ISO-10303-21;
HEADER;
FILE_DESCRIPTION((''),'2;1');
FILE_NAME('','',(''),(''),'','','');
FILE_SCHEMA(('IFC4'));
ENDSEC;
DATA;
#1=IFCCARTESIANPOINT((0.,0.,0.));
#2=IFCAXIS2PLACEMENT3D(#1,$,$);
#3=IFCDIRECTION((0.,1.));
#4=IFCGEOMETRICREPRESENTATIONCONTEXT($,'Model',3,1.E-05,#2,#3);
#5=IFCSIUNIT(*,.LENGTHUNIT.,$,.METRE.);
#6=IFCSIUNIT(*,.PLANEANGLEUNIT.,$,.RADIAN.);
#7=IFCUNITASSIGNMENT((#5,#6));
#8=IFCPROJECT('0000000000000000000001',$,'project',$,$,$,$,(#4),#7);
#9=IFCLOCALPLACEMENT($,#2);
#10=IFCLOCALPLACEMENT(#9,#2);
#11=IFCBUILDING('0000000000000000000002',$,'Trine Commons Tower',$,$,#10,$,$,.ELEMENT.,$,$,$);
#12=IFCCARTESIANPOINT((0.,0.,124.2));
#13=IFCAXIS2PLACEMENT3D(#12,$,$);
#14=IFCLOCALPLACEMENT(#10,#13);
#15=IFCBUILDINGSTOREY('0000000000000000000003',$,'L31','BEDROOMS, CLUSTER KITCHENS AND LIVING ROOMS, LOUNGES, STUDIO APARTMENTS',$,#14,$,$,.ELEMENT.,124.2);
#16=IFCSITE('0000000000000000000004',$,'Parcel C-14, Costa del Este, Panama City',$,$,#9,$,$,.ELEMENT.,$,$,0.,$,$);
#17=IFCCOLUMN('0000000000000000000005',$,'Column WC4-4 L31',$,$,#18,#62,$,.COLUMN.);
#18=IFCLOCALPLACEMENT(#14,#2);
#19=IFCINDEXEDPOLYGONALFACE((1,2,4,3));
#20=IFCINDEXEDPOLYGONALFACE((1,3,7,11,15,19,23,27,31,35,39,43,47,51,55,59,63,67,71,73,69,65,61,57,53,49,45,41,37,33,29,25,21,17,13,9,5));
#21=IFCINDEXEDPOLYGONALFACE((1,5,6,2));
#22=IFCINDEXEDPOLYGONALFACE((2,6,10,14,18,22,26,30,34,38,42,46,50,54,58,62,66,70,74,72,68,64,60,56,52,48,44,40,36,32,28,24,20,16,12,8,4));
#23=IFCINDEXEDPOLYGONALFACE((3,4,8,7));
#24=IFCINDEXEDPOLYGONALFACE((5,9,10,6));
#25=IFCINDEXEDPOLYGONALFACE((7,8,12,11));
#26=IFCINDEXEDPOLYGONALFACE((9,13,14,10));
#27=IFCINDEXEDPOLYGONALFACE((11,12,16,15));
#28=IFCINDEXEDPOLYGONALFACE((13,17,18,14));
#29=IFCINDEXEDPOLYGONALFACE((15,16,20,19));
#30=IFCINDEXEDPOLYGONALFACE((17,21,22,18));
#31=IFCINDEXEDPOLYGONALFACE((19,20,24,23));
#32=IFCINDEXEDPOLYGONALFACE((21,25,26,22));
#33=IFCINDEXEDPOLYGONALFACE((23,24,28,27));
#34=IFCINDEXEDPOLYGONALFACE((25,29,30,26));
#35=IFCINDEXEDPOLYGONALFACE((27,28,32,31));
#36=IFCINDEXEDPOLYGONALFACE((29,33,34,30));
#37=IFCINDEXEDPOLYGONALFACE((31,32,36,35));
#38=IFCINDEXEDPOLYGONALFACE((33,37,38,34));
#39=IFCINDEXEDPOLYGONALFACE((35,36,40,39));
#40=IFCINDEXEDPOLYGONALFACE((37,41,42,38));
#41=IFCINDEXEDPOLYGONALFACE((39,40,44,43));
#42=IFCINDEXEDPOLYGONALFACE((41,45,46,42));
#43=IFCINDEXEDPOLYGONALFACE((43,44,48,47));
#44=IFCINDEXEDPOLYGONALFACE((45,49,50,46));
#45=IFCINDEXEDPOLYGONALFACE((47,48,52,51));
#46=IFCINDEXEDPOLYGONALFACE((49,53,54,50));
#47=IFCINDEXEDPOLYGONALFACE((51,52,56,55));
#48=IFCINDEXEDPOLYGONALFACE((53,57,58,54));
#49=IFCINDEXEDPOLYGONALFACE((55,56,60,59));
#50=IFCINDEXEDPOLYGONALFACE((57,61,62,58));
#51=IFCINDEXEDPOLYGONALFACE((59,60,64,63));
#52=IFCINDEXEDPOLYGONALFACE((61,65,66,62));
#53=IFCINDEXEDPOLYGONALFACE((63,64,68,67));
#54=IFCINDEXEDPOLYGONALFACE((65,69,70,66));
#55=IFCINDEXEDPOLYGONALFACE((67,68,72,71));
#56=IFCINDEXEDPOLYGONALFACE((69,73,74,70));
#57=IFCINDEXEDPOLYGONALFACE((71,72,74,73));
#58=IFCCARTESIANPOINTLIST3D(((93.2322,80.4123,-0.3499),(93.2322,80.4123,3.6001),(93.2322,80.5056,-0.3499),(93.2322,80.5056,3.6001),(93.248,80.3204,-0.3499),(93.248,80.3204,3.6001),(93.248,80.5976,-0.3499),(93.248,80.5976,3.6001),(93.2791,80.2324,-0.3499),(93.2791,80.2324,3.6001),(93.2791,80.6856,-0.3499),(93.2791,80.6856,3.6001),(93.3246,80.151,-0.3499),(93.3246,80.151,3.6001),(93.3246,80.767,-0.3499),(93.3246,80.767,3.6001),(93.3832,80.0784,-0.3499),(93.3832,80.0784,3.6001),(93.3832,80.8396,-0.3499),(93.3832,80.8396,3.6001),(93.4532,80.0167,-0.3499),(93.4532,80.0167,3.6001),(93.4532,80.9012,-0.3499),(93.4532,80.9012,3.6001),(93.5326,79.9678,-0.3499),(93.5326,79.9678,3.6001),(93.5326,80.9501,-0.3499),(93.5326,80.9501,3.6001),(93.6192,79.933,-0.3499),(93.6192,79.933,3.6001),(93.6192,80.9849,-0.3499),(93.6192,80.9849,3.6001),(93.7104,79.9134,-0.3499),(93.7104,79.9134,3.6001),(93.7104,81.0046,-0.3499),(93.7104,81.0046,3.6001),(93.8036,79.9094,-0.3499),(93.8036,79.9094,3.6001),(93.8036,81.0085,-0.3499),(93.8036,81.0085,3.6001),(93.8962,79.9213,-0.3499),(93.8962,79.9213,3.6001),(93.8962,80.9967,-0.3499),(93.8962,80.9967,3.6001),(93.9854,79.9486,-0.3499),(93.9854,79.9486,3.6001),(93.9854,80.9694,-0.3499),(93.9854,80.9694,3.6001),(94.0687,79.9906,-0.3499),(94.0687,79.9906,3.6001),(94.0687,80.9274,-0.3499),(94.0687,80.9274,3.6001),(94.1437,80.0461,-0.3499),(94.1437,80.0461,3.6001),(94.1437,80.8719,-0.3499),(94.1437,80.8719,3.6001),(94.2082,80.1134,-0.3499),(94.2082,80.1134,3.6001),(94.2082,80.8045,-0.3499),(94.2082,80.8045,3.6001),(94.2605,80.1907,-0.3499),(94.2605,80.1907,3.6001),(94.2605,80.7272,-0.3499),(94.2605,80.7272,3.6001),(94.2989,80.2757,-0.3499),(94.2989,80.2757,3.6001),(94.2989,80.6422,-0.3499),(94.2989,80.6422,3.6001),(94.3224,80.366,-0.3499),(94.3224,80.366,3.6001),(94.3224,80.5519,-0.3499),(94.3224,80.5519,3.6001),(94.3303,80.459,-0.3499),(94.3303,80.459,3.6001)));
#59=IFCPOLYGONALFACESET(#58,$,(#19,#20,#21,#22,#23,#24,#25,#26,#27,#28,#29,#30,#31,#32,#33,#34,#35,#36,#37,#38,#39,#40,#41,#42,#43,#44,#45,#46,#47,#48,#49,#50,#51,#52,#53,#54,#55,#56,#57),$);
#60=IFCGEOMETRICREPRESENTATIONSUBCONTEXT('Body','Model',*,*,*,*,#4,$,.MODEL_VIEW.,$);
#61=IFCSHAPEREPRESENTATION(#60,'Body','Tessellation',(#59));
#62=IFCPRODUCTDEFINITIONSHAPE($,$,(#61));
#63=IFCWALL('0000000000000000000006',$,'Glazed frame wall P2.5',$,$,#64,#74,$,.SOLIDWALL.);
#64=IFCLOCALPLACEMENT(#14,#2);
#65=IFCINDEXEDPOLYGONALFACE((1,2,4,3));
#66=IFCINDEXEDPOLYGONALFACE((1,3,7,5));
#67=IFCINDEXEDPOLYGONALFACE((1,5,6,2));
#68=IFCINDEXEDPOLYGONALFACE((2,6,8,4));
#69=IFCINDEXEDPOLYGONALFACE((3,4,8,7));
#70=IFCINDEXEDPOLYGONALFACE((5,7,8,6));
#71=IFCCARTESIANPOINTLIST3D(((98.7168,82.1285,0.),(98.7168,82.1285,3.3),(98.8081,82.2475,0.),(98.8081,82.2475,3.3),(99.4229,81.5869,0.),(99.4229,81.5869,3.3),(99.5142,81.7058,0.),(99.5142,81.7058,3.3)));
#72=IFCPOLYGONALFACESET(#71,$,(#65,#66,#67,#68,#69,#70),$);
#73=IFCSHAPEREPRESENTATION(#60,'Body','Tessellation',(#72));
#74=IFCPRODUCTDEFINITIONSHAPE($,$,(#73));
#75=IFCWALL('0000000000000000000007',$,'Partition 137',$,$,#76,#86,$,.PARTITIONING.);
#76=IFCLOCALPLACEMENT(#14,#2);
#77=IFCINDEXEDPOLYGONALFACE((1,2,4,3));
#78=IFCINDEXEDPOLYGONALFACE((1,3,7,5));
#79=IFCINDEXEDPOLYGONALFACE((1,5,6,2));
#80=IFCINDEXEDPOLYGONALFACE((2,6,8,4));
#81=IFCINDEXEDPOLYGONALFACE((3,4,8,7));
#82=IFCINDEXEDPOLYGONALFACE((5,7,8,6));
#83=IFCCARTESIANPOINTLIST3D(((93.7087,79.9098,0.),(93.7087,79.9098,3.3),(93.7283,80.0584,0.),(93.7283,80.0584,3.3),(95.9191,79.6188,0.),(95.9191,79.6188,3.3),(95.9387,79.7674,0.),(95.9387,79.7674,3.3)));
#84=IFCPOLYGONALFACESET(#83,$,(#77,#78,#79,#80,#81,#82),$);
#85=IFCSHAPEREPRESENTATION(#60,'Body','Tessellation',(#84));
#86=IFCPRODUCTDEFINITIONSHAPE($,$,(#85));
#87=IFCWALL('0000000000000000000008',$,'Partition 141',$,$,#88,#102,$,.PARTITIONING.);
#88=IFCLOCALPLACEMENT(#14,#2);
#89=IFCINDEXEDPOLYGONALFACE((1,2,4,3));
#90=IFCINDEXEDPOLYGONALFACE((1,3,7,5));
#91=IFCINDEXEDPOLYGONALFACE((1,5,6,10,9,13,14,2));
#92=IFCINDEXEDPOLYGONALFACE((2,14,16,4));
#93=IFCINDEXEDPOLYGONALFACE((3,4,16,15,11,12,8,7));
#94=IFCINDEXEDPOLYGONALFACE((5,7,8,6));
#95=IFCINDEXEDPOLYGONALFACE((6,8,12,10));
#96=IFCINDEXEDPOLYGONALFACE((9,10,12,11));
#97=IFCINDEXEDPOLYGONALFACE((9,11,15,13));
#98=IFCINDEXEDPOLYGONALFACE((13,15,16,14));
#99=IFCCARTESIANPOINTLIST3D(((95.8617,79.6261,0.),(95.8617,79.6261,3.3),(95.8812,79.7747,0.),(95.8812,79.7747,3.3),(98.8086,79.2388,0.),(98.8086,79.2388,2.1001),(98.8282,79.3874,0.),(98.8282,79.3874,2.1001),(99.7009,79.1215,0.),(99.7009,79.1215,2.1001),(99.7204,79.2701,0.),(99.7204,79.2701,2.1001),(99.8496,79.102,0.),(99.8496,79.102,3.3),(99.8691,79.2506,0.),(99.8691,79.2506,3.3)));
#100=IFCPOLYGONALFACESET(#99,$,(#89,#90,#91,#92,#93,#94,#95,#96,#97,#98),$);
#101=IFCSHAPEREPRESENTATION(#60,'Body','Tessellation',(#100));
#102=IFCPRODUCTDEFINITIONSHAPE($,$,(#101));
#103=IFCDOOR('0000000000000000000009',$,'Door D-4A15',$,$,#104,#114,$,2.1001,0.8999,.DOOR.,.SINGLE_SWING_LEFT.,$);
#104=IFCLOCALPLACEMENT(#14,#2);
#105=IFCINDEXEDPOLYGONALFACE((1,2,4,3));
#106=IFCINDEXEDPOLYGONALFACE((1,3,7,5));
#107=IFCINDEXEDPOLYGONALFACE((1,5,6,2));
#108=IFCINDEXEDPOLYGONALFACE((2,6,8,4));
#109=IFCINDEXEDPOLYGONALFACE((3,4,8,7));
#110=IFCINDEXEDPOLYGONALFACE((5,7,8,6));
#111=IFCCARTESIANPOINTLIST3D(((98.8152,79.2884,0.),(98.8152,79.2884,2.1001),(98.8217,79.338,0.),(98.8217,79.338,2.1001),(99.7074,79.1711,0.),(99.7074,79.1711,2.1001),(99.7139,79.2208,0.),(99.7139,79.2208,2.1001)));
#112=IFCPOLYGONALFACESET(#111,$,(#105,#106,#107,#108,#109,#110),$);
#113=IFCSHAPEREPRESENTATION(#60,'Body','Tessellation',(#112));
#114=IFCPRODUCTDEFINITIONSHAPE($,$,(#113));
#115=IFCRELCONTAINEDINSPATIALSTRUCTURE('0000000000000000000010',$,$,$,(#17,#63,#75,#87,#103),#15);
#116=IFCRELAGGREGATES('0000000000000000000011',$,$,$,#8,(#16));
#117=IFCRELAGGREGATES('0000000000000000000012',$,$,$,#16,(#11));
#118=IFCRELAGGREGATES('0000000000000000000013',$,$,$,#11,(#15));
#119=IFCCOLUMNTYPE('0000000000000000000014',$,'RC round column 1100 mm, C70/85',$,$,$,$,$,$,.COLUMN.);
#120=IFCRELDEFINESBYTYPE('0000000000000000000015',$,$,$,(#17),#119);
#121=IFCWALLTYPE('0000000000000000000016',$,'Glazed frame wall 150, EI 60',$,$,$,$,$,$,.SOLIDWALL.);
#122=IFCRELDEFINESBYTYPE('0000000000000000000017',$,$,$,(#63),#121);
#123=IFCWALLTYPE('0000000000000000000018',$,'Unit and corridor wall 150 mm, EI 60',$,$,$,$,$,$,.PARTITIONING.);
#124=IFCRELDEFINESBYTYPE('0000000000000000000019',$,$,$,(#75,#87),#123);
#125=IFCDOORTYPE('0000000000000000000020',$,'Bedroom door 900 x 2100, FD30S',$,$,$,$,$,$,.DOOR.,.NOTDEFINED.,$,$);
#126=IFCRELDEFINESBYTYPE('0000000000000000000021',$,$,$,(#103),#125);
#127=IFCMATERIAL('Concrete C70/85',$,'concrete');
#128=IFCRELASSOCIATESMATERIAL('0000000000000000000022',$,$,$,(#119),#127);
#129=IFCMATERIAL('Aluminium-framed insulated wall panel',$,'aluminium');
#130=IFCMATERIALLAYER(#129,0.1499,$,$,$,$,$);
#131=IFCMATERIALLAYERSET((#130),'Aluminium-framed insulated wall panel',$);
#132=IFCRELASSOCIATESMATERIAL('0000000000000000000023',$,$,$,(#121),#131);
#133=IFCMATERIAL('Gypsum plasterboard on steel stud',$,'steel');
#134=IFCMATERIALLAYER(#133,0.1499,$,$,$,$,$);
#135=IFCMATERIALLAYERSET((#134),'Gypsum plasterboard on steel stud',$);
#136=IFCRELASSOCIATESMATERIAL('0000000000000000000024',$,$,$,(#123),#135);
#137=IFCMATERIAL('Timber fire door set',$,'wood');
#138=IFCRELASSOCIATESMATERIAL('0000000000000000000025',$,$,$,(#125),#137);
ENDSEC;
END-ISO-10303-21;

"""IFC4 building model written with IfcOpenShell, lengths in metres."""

from ifc_helpers import new_model, si_unit, direction, frame, frame_2d, origin, origin_2d, place, context, subcontext, project, spatial, polyline, rectangle, circle, outline, extrude, material, layer, layer_set, material_profile, profile_set, type_object, element, fill, save


model = new_model("IFC4")

# Units and contexts
model_context = context("Model", 3, precision=1e-05, world=origin(), true_north=direction((0.0, 1.0)))
body_context = subcontext(model_context, "Body", "Model", "MODEL_VIEW")
ifc_project = project(units=[si_unit("LENGTHUNIT", "METRE"), si_unit("PLANEANGLEUNIT", "RADIAN")], contexts=[model_context])

# Site, building, storey
site_placement = place(None, origin())
site = spatial("IfcSite", under=ifc_project, at=site_placement, Name="Parcel C-14, Costa del Este, Panama City", CompositionType="ELEMENT", RefElevation=0.0)
building_placement = place(site_placement, origin())
building = spatial("IfcBuilding", under=site, at=building_placement, Name="Trine Commons Tower", CompositionType="ELEMENT")
storey_placement = place(building_placement, frame((0.0, 0.0, 124.2)))
storey = spatial("IfcBuildingStorey", under=building, at=storey_placement, Name="L31", Description="BEDROOMS, CLUSTER KITCHENS AND LIVING ROOMS, LOUNGES, STUDIO APARTMENTS", CompositionType="ELEMENT", Elevation=124.2)

# Column
ifc_material_1 = material(Name="Concrete C70/85", Category="concrete")
ifc_material_profile = material_profile(ifc_material_1, circle(Radius=0.55, at=origin_2d()), Name="RC round 1100")
ifc_profile_set = profile_set([ifc_material_profile], Name="Concrete C70/85")
column_type = type_object("IfcColumnType", Name="RC round column 1100 mm, C70/85", PredefinedType="COLUMN", material=ifc_profile_set)
column_placement = place(storey_placement, frame((93.7803, 80.459, -0.3499), z_axis=(0.0, 0.0, 1.0), x_axis=(1.0, 0.0, 0.0)))
element("IfcColumn", 1, at=column_placement, inside=storey, type_object=column_type, Name="Column WC4-4 L31", PredefinedType="COLUMN", context=body_context, shape_type="SweptSolid", body=[
    extrude(circle(Radius=0.55, at=origin_2d()), origin(), (0.0, 0.0, 1.0), 3.95),
])

# Wall
ifc_material_2 = material(Name="Aluminium-framed insulated wall panel", Category="aluminium")
ifc_layer_1 = layer(ifc_material_2, 0.1499)
ifc_layer_set_1 = layer_set([ifc_layer_1], Name="Aluminium-framed insulated wall panel")
wall_type_1 = type_object("IfcWallType", Name="Glazed frame wall 150, EI 60", PredefinedType="SOLIDWALL", material=ifc_layer_set_1)
wall_1_placement = place(storey_placement, frame((98.7625, 82.188, 0.0), z_axis=(0.0, 0.0, 1.0), x_axis=(0.793449, -0.608637, 0.0)))
element("IfcWall", 2, at=wall_1_placement, inside=storey, type_object=wall_type_1, Name="Glazed frame wall P2.5", PredefinedType="SOLIDWALL", context=body_context, shape_type="SweptSolid", body=[
    extrude(outline(polyline([(0.8899, 0.075), (0.0, 0.075), (0.0, -0.075), (0.8899, -0.075), (0.8899, 0.075)])), origin(), (0.0, 0.0, 1.0), 3.3),
])

# Wall
ifc_material_3 = material(Name="Gypsum plasterboard on steel stud", Category="steel")
ifc_layer_2 = layer(ifc_material_3, 0.1499)
ifc_layer_set_2 = layer_set([ifc_layer_2], Name="Gypsum plasterboard on steel stud")
wall_type_2 = type_object("IfcWallType", Name="Unit and corridor wall 150 mm, EI 60", PredefinedType="PARTITIONING", material=ifc_layer_set_2)
wall_2_placement = place(storey_placement, frame((93.7185, 79.9841, 0.0), z_axis=(0.0, 0.0, 1.0), x_axis=(0.991445, -0.130528, 0.0)))
element("IfcWall", 3, at=wall_2_placement, inside=storey, type_object=wall_type_2, Name="Partition 137", PredefinedType="PARTITIONING", context=body_context, shape_type="SweptSolid", body=[
    extrude(rectangle(XDim=2.2295, YDim=0.1499, at=frame_2d((1.1147, 0.0))), origin(), (0.0, 0.0, 1.0), 3.3),
])

# Wall, opening, door
wall_3_placement = place(storey_placement, frame((95.8713, 79.7004, 0.0), z_axis=(0.0, 0.0, 1.0), x_axis=(0.991473, -0.130315, 0.0)))
wall_3 = element("IfcWall", 4, at=wall_3_placement, inside=storey, type_object=wall_type_2, Name="Partition 141", PredefinedType="PARTITIONING", context=body_context, shape_type="SweptSolid", body=[
    extrude(rectangle(XDim=4.0222, YDim=0.1499, at=frame_2d((2.0112, 0.0))), origin(), (0.0, 0.0, 1.0), 3.3),
])
opening_1_placement = place(wall_3_placement, frame((2.9724, 0.0, 0.0)))
opening_1 = element("IfcOpeningElement", 5, at=opening_1_placement, cuts=wall_3, PredefinedType="OPENING", context=body_context, shape_type="SweptSolid", body=[
    extrude(rectangle(XDim=0.8999, YDim=2.1001, at=frame_2d((0.45, 1.05))), frame((0.0, 0.085, 0.0), z_axis=(0.0, -1.0, 0.0), x_axis=(1.0, 0.0, 0.0)), (0.0, 0.0, 1.0), 0.1699),
])
ifc_material_4 = material(Name="Timber fire door set", Category="wood")
door_type_1 = type_object("IfcDoorType", Name="Bedroom door 900 x 2100, FD30S", OperationType="NOTDEFINED", PredefinedType="DOOR", material=ifc_material_4)
door_1_placement = place(opening_1_placement, frame((0.8999, 0.0, 0.0), z_axis=(0.0, 0.0, 1.0), x_axis=(-1.0, 0.0, 0.0)))
door_1 = element("IfcDoor", 6, at=door_1_placement, inside=storey, type_object=door_type_1, Name="Door D-4A15", OperationType="SINGLE_SWING_LEFT", OverallHeight=2.1001, OverallWidth=0.8999, PredefinedType="DOOR", context=body_context, shape_type="SweptSolid", body=[
    extrude(rectangle(XDim=0.8999, YDim=2.1001, at=frame_2d((0.45, 1.05))), frame((0.0, 0.0249, 0.0), z_axis=(0.0, -1.0, 0.0), x_axis=(1.0, 0.0, 0.0)), (0.0, 0.0, 1.0), 0.05),
])
fill(opening_1, door_1)

save(model, "model.ifc")
